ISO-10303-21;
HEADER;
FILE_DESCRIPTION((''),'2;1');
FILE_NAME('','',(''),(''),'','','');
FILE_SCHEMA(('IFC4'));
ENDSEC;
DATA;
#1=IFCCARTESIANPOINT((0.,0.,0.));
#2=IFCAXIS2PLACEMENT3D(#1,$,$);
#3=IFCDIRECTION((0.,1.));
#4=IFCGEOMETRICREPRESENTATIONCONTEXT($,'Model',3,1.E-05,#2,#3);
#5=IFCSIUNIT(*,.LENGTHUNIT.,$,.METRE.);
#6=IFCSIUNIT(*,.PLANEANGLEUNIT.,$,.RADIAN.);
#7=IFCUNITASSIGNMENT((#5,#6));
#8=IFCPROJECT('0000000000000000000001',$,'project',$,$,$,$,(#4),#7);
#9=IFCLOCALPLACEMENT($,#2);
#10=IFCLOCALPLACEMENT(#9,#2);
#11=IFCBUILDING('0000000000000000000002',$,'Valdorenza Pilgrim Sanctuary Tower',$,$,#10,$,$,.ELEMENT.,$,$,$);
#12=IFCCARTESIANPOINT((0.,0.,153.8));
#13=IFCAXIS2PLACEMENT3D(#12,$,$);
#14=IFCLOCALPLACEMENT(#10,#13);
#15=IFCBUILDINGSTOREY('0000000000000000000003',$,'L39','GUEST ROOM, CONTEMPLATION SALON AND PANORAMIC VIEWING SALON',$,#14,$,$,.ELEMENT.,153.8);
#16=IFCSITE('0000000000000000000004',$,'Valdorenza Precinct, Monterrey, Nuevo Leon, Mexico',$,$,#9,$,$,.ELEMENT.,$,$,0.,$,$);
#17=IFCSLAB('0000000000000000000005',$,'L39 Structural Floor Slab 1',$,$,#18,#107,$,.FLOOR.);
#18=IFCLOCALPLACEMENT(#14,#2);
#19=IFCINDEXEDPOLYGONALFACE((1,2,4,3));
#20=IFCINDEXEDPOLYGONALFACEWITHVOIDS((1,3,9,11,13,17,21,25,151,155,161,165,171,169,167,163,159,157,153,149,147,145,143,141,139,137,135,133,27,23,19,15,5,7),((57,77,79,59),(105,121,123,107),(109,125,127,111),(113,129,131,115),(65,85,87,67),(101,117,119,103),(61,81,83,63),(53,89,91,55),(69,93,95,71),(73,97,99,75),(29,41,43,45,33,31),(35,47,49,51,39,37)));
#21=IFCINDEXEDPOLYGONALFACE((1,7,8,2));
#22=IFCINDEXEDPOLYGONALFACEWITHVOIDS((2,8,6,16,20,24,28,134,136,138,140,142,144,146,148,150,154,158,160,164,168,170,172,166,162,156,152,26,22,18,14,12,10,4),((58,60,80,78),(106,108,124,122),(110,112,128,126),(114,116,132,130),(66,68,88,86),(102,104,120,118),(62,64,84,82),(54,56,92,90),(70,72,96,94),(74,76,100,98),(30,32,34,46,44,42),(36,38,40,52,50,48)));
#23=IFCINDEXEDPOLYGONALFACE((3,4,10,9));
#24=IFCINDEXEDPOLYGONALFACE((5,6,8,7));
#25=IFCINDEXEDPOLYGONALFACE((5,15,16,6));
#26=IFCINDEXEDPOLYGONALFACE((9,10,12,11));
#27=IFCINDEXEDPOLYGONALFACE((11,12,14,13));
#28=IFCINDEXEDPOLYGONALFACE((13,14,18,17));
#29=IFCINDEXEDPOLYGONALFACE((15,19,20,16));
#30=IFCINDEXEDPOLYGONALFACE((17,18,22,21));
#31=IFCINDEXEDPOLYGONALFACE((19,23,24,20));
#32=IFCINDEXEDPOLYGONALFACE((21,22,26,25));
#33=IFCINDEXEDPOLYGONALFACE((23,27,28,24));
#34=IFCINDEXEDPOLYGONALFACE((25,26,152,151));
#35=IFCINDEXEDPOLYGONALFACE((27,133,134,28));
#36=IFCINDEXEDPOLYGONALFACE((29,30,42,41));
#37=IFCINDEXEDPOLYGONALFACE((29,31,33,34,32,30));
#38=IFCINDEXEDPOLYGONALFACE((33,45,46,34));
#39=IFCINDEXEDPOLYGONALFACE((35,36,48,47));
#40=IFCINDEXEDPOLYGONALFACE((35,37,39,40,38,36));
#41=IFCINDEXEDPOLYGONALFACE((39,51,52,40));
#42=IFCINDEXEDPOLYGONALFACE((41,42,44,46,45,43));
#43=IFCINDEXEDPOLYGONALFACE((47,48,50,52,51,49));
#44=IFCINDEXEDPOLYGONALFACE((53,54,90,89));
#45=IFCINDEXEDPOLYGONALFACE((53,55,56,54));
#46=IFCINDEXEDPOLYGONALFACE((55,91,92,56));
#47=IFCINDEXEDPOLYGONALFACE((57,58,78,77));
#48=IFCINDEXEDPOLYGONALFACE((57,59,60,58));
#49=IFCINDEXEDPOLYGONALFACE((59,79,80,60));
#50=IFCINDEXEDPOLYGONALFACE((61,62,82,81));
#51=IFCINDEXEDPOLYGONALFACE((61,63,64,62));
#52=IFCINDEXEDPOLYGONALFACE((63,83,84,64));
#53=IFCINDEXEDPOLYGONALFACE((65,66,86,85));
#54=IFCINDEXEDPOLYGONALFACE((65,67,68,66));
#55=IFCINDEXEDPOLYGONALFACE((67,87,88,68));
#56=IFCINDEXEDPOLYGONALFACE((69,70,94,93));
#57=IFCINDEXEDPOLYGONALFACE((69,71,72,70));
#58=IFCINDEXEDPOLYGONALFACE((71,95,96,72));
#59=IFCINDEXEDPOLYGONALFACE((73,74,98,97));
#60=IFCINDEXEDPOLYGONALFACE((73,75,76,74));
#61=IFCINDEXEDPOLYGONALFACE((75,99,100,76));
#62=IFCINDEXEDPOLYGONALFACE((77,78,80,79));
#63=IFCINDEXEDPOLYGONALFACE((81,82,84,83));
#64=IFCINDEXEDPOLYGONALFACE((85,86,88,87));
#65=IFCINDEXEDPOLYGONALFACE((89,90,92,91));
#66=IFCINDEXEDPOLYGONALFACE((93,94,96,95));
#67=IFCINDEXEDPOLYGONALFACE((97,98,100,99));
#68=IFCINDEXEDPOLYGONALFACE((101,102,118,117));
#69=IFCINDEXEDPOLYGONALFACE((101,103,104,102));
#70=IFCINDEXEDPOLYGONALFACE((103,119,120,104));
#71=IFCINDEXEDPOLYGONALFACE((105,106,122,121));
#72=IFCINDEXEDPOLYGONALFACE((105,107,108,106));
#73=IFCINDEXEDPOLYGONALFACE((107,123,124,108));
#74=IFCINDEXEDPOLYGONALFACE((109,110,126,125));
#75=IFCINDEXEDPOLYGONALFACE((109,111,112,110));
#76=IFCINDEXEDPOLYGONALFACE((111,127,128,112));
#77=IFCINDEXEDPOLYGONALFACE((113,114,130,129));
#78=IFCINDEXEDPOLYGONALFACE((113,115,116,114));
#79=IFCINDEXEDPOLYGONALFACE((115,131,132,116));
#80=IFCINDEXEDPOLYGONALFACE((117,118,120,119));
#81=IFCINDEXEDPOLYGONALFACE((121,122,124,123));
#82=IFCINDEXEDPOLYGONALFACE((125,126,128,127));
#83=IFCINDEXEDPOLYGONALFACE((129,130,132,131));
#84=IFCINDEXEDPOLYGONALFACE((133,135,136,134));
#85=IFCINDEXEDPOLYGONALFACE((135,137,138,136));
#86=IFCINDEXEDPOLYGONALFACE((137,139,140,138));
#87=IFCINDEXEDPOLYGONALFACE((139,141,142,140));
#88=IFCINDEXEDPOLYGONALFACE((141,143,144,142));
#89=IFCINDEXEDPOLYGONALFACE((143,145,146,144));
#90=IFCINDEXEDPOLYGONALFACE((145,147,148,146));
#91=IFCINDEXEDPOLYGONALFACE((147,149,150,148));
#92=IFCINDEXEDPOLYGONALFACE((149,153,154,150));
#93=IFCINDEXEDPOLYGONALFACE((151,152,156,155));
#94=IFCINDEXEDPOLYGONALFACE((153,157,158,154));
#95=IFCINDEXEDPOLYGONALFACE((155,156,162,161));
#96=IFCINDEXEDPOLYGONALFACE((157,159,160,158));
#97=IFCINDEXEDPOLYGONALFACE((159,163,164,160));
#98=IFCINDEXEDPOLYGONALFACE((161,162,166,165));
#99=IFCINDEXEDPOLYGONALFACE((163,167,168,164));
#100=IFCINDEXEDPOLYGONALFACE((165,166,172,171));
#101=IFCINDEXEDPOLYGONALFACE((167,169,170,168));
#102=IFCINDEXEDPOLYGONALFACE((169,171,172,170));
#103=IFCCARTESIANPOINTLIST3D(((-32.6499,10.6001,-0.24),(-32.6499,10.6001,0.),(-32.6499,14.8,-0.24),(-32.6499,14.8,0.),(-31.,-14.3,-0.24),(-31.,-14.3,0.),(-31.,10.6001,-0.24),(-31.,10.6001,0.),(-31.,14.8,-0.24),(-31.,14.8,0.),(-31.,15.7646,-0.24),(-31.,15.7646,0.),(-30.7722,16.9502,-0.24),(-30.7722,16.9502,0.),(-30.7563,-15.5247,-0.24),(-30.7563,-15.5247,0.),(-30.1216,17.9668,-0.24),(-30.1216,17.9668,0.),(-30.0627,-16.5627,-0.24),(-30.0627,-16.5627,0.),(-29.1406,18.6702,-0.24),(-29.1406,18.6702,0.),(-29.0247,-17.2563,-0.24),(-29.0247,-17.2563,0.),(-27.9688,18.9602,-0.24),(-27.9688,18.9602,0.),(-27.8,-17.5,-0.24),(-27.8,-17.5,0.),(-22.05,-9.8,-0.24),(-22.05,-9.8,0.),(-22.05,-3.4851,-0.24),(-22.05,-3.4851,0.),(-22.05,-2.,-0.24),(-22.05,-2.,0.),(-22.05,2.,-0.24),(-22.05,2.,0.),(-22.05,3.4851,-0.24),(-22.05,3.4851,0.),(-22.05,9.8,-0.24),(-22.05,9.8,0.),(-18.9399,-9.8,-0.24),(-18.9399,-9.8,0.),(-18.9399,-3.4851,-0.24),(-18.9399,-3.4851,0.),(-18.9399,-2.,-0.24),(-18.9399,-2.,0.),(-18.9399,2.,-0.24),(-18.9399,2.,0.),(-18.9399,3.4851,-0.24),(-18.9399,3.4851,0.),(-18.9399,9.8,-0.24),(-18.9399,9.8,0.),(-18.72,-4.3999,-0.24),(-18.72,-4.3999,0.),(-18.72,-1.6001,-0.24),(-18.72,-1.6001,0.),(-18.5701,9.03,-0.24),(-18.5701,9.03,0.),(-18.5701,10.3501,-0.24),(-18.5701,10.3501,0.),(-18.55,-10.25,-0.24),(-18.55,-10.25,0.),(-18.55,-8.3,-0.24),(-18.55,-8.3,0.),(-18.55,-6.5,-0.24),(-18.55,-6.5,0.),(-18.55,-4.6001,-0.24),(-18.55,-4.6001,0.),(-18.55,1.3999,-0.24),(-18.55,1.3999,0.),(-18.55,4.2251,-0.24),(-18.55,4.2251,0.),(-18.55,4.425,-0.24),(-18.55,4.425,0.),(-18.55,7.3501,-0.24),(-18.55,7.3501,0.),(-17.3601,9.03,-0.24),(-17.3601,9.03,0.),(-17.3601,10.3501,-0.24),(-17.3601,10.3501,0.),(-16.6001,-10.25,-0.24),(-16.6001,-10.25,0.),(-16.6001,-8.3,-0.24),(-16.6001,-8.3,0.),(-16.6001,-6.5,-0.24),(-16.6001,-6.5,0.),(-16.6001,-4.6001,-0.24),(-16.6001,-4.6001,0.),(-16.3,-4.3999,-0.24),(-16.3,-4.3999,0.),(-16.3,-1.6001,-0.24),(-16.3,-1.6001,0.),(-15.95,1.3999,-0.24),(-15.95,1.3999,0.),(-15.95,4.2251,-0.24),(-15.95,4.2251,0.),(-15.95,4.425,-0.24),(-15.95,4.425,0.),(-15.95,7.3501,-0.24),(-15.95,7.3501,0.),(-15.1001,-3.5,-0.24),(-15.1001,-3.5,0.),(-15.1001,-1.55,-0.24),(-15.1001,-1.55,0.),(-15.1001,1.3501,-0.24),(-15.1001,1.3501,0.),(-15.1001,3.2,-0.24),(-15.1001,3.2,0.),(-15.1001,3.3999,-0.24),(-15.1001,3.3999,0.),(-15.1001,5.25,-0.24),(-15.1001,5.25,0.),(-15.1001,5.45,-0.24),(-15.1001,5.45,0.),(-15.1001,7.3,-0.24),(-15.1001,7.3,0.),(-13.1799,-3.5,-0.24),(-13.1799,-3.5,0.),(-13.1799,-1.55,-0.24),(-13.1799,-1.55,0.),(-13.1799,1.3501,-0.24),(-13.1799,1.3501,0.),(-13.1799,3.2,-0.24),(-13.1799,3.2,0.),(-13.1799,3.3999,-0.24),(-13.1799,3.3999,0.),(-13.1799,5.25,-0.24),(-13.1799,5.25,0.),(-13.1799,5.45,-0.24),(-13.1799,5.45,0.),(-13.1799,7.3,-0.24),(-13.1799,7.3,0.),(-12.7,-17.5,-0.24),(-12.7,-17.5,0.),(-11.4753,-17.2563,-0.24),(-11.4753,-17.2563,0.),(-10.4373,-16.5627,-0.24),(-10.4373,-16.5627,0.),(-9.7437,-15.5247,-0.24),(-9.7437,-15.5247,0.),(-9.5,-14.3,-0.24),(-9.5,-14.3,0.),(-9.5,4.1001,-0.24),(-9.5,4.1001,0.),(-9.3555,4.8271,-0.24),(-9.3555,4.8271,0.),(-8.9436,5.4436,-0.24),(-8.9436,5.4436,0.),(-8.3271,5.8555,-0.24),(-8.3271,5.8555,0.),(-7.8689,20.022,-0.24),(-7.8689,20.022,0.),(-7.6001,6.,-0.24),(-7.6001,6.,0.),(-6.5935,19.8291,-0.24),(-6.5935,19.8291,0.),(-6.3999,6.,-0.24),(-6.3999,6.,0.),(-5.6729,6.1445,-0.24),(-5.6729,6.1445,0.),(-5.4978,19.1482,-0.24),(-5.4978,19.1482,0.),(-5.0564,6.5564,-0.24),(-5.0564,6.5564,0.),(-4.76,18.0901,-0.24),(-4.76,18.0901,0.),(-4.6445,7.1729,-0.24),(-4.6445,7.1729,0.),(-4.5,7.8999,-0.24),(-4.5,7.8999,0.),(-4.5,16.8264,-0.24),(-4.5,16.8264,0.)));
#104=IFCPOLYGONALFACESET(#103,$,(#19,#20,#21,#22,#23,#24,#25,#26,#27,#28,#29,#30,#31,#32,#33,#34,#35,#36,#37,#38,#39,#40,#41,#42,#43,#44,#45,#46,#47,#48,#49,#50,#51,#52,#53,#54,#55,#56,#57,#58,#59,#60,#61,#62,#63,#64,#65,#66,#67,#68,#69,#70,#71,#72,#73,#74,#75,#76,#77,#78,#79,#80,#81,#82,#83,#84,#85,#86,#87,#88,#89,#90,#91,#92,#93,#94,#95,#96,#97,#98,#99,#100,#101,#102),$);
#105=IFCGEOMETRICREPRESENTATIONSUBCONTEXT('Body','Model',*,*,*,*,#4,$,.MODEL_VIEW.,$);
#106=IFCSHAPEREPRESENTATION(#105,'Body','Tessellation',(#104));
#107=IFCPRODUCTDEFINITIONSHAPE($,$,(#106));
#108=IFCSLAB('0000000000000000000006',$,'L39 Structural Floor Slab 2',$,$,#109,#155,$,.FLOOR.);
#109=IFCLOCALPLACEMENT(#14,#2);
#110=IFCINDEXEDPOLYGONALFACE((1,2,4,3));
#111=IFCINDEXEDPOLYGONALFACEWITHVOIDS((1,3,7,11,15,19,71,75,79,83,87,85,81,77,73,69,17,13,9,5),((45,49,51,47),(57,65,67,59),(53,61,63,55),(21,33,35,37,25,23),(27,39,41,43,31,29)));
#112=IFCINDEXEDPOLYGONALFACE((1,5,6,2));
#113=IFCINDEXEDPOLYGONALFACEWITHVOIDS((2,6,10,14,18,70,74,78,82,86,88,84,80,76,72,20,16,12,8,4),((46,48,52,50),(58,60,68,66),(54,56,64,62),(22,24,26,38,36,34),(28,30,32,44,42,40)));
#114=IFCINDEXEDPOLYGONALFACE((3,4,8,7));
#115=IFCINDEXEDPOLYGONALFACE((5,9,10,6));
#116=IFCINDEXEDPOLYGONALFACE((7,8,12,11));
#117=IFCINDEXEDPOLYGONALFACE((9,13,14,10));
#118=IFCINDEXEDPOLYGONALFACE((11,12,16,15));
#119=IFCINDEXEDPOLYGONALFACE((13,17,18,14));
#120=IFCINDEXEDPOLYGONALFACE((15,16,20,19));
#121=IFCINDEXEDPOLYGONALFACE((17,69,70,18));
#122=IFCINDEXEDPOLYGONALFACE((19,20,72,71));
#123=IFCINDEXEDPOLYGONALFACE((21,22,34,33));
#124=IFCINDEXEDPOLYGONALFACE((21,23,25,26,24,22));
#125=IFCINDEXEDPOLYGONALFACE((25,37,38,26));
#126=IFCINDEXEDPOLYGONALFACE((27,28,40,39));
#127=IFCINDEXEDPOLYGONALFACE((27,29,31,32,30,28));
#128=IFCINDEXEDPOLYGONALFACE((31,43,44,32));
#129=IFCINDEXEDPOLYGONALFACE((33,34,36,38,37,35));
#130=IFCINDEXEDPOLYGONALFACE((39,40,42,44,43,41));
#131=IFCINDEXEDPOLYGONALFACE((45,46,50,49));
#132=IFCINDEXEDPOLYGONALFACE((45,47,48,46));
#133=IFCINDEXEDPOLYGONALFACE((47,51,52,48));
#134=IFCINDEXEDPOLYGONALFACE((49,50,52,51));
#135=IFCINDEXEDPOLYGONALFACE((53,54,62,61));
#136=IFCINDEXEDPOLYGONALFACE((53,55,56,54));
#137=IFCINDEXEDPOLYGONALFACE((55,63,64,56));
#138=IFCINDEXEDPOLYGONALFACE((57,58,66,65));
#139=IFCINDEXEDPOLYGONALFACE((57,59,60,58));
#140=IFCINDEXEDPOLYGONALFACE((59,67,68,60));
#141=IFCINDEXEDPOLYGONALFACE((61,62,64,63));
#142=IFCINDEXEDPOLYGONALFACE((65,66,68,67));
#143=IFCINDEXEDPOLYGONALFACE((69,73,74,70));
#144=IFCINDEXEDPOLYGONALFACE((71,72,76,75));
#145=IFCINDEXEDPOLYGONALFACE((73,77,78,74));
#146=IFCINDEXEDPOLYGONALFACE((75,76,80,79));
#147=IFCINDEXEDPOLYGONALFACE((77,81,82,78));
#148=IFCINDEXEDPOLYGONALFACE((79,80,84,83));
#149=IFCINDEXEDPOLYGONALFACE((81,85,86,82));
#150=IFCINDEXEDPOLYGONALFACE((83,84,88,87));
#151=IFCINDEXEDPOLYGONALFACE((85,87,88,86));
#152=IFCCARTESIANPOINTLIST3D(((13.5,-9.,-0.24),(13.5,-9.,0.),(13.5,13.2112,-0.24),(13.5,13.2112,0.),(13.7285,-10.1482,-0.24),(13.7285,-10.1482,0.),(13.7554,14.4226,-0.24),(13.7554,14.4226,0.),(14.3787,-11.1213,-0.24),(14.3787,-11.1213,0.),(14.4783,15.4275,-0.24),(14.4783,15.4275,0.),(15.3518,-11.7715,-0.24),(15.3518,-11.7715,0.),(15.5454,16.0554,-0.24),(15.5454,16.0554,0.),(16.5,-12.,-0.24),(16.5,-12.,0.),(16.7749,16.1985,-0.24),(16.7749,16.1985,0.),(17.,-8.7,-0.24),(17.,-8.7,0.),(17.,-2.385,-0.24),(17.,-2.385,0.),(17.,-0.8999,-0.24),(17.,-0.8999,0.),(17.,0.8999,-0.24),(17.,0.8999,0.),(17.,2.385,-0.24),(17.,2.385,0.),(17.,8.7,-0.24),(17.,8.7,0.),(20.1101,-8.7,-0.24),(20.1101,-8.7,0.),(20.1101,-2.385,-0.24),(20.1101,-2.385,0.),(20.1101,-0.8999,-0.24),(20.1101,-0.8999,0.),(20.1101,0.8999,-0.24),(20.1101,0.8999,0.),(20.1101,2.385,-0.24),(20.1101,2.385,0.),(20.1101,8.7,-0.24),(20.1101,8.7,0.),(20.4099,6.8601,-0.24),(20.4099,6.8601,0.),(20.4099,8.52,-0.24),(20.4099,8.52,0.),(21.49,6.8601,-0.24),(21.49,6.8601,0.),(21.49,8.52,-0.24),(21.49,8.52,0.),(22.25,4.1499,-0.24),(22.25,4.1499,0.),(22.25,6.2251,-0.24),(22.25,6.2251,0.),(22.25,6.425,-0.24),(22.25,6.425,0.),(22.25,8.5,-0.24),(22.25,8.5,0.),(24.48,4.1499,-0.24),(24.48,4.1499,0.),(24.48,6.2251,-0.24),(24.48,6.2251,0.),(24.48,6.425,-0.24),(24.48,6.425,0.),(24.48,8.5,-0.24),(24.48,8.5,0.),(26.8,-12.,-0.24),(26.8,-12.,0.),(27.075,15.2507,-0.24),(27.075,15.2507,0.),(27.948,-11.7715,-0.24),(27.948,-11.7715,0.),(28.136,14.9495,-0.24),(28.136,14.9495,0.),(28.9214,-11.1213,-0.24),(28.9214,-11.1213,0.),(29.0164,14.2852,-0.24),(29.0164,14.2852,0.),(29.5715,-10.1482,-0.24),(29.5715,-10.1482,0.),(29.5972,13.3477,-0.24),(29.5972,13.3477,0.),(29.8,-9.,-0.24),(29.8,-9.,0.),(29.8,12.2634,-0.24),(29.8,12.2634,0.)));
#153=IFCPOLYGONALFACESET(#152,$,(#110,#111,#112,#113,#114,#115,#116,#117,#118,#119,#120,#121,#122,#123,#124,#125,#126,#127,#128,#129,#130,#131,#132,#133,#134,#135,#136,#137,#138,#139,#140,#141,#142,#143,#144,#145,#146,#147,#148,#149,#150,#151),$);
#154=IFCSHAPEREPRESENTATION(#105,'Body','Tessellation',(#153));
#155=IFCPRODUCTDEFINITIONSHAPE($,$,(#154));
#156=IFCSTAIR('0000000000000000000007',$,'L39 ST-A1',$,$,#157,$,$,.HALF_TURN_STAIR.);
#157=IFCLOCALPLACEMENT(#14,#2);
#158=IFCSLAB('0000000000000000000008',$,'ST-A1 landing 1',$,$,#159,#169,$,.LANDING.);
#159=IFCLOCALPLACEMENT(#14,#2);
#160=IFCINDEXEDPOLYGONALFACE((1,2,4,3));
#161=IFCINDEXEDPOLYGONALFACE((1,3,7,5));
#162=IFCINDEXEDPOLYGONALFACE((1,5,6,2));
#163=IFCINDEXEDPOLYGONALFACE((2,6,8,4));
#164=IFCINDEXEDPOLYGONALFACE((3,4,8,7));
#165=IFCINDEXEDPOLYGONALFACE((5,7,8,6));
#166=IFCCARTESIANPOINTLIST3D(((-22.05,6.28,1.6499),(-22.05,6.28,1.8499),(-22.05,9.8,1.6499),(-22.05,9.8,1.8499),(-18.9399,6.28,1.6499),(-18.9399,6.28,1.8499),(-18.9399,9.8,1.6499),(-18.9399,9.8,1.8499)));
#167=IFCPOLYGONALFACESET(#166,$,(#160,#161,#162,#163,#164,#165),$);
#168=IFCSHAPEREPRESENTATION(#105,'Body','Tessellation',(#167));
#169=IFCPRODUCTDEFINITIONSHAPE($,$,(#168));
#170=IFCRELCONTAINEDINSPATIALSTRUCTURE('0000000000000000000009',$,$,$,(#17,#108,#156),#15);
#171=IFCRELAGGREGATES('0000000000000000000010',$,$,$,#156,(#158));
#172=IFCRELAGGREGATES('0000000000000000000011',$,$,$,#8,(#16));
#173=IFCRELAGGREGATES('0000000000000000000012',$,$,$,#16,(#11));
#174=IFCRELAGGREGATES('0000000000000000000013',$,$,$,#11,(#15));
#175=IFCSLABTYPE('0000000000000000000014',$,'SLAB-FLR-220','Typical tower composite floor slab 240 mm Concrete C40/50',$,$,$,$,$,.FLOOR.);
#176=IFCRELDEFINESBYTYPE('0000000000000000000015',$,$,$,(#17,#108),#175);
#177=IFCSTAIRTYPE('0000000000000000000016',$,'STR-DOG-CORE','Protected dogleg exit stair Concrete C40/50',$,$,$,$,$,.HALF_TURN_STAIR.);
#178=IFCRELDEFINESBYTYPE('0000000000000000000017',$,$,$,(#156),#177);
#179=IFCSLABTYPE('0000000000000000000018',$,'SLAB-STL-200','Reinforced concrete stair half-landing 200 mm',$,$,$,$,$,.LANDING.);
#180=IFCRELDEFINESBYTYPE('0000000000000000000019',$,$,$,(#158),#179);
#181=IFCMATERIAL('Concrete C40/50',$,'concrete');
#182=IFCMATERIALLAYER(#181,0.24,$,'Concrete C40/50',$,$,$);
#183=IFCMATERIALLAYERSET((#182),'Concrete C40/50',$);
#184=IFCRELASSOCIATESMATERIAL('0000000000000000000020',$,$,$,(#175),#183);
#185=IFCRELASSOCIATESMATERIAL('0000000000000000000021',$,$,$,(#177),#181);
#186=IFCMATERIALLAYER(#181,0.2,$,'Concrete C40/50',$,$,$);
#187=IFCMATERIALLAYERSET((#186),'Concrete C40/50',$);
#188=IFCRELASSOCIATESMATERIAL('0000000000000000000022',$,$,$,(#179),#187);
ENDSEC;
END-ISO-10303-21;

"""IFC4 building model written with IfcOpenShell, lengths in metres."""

from ifc_helpers import new_model, si_unit, direction, frame, origin, place, context, subcontext, project, spatial, polyline, outline, extrude, material, layer, layer_set, type_object, element, aggregate, save


model = new_model("IFC4")

# Units and contexts
model_context = context("Model", 3, precision=1e-05, world=origin(), true_north=direction((0.0, 1.0)))
body_context = subcontext(model_context, "Body", "Model", "MODEL_VIEW")
ifc_project = project(units=[si_unit("LENGTHUNIT", "METRE"), si_unit("PLANEANGLEUNIT", "RADIAN")], contexts=[model_context])

# Site, building, storey
site_placement = place(None, origin())
site = spatial("IfcSite", under=ifc_project, at=site_placement, Name="Valdorenza Precinct, Monterrey, Nuevo Leon, Mexico", CompositionType="ELEMENT", RefElevation=0.0)
building_placement = place(site_placement, origin())
building = spatial("IfcBuilding", under=site, at=building_placement, Name="Valdorenza Pilgrim Sanctuary Tower", CompositionType="ELEMENT")
storey_placement = place(building_placement, frame((0.0, 0.0, 153.8)))
storey = spatial("IfcBuildingStorey", under=building, at=storey_placement, Name="L39", Description="GUEST ROOM, CONTEMPLATION SALON AND PANORAMIC VIEWING SALON", CompositionType="ELEMENT", Elevation=153.8)

# Slabs
ifc_material_1 = material(Name="Concrete C40/50", Category="concrete")
ifc_layer_1 = layer(ifc_material_1, 0.24, Name="Concrete C40/50")
ifc_layer_set_1 = layer_set([ifc_layer_1], Name="Concrete C40/50")
slab_type_1 = type_object("IfcSlabType", Name="SLAB-FLR-220", Description="Typical tower composite floor slab 240 mm Concrete C40/50", PredefinedType="FLOOR", material=ifc_layer_set_1)
slab_1_placement = place(storey_placement, frame((0.0, 0.0, -0.24)))
element("IfcSlab", 1, at=slab_1_placement, inside=storey, type_object=slab_type_1, Name="L39 Structural Floor Slab 1", PredefinedType="FLOOR", context=body_context, shape_type="SweptSolid", body=[
    extrude(outline(polyline([(-30.7722, 16.9502), (-30.1216, 17.9668), (-29.1406, 18.6702), (-27.9688, 18.9602), (-7.8689, 20.022), (-6.5935, 19.8291), (-5.4978, 19.1482), (-4.76, 18.0901), (-4.5, 16.8264), (-4.5, 7.8999), (-4.6445, 7.1729), (-5.0564, 6.5564), (-5.6729, 6.1445), (-6.3999, 6.0), (-7.6001, 6.0), (-8.3271, 5.8555), (-8.9436, 5.4436), (-9.3555, 4.8271), (-9.5, 4.1001), (-9.5, -14.3), (-9.7437, -15.5247), (-10.4373, -16.5627), (-11.4753, -17.2563), (-12.7, -17.5), (-27.8, -17.5), (-29.0247, -17.2563), (-30.0627, -16.5627), (-30.7563, -15.5247), (-31.0, -14.3), (-31.0, 10.6001), (-32.6499, 10.6001), (-32.6499, 14.8), (-31.0, 14.8), (-31.0, 15.7646), (-30.7722, 16.9502)]), holes=[polyline([(-16.6001, -10.25), (-16.6001, -8.3), (-18.55, -8.3), (-18.55, -10.25), (-16.6001, -10.25)]), polyline([(-22.05, -9.8), (-18.9399, -9.8), (-18.9399, -3.4851), (-18.9399, -2.0), (-22.05, -2.0), (-22.05, -3.4851), (-22.05, -9.8)]), polyline([(-16.6001, -6.5), (-16.6001, -4.6001), (-18.55, -4.6001), (-18.55, -6.5), (-16.6001, -6.5)]), polyline([(-18.72, -4.3999), (-16.3, -4.3999), (-16.3, -1.6001), (-18.72, -1.6001), (-18.72, -4.3999)]), polyline([(-13.1799, 1.3501), (-13.1799, 3.2), (-15.1001, 3.2), (-15.1001, 1.3501), (-13.1799, 1.3501)]), polyline([(-22.05, 2.0), (-18.9399, 2.0), (-18.9399, 3.4851), (-18.9399, 9.8), (-22.05, 9.8), (-22.05, 3.4851), (-22.05, 2.0)]), polyline([(-15.95, 1.3999), (-15.95, 4.2251), (-18.55, 4.2251), (-18.55, 1.3999), (-15.95, 1.3999)]), polyline([(-18.55, 4.425), (-15.95, 4.425), (-15.95, 7.3501), (-18.55, 7.3501), (-18.55, 4.425)]), polyline([(-17.3601, 9.03), (-17.3601, 10.3501), (-18.5701, 10.3501), (-18.5701, 9.03), (-17.3601, 9.03)]), polyline([(-13.1799, -3.5), (-13.1799, -1.55), (-15.1001, -1.55), (-15.1001, -3.5), (-13.1799, -3.5)]), polyline([(-13.1799, 3.3999), (-13.1799, 5.25), (-15.1001, 5.25), (-15.1001, 3.3999), (-13.1799, 3.3999)]), polyline([(-13.1799, 5.45), (-13.1799, 7.3), (-15.1001, 7.3), (-15.1001, 5.45), (-13.1799, 5.45)])]), origin(), (0.0, 0.0, 1.0), 0.24),
])
slab_2_placement = place(storey_placement, frame((0.0, 0.0, -0.24)))
element("IfcSlab", 2, at=slab_2_placement, inside=storey, type_object=slab_type_1, Name="L39 Structural Floor Slab 2", PredefinedType="FLOOR", context=body_context, shape_type="SweptSolid", body=[
    extrude(outline(polyline([(13.5, 13.2112), (13.7554, 14.4226), (14.4783, 15.4275), (15.5454, 16.0554), (16.7749, 16.1985), (27.075, 15.2507), (28.136, 14.9495), (29.0164, 14.2852), (29.5972, 13.3477), (29.8, 12.2634), (29.8, -9.0), (29.5715, -10.1482), (28.9214, -11.1213), (27.948, -11.7715), (26.8, -12.0), (16.5, -12.0), (15.3518, -11.7715), (14.3787, -11.1213), (13.7285, -10.1482), (13.5, -9.0), (13.5, 13.2112)]), holes=[polyline([(17.0, -8.7), (20.1101, -8.7), (20.1101, -2.385), (20.1101, -0.8999), (17.0, -0.8999), (17.0, -2.385), (17.0, -8.7)]), polyline([(17.0, 0.8999), (20.1101, 0.8999), (20.1101, 2.385), (20.1101, 8.7), (17.0, 8.7), (17.0, 2.385), (17.0, 0.8999)]), polyline([(22.25, 4.1499), (24.48, 4.1499), (24.48, 6.2251), (22.25, 6.2251), (22.25, 4.1499)]), polyline([(22.25, 6.425), (24.48, 6.425), (24.48, 8.5), (22.25, 8.5), (22.25, 6.425)]), polyline([(20.4099, 6.8601), (21.49, 6.8601), (21.49, 8.52), (20.4099, 8.52), (20.4099, 6.8601)])]), origin(), (0.0, 0.0, 1.0), 0.24),
])

# Stair, slab
stair_type = type_object("IfcStairType", Name="STR-DOG-CORE", Description="Protected dogleg exit stair Concrete C40/50", PredefinedType="HALF_TURN_STAIR", material=ifc_material_1)
stair_1_placement = place(storey_placement, origin())
stair_1 = element("IfcStair", 3, at=stair_1_placement, inside=storey, type_object=stair_type, Name="L39 ST-A1", PredefinedType="HALF_TURN_STAIR")
ifc_layer_2 = layer(ifc_material_1, 0.2, Name="Concrete C40/50")
ifc_layer_set_2 = layer_set([ifc_layer_2], Name="Concrete C40/50")
slab_type_2 = type_object("IfcSlabType", Name="SLAB-STL-200", Description="Reinforced concrete stair half-landing 200 mm", PredefinedType="LANDING", material=ifc_layer_set_2)
slab_3_placement = place(storey_placement, frame((0.0, 0.0, 1.6499)))
slab_3 = element("IfcSlab", 4, at=slab_3_placement, type_object=slab_type_2, Name="ST-A1 landing 1", PredefinedType="LANDING", context=body_context, shape_type="SweptSolid", body=[
    extrude(outline(polyline([(-18.9399, 6.28), (-18.9399, 9.8), (-22.05, 9.8), (-22.05, 6.28), (-18.9399, 6.28)])), origin(), (0.0, 0.0, 1.0), 0.2),
])
aggregate(stair_1, [slab_3])

save(model, "model.ifc")
